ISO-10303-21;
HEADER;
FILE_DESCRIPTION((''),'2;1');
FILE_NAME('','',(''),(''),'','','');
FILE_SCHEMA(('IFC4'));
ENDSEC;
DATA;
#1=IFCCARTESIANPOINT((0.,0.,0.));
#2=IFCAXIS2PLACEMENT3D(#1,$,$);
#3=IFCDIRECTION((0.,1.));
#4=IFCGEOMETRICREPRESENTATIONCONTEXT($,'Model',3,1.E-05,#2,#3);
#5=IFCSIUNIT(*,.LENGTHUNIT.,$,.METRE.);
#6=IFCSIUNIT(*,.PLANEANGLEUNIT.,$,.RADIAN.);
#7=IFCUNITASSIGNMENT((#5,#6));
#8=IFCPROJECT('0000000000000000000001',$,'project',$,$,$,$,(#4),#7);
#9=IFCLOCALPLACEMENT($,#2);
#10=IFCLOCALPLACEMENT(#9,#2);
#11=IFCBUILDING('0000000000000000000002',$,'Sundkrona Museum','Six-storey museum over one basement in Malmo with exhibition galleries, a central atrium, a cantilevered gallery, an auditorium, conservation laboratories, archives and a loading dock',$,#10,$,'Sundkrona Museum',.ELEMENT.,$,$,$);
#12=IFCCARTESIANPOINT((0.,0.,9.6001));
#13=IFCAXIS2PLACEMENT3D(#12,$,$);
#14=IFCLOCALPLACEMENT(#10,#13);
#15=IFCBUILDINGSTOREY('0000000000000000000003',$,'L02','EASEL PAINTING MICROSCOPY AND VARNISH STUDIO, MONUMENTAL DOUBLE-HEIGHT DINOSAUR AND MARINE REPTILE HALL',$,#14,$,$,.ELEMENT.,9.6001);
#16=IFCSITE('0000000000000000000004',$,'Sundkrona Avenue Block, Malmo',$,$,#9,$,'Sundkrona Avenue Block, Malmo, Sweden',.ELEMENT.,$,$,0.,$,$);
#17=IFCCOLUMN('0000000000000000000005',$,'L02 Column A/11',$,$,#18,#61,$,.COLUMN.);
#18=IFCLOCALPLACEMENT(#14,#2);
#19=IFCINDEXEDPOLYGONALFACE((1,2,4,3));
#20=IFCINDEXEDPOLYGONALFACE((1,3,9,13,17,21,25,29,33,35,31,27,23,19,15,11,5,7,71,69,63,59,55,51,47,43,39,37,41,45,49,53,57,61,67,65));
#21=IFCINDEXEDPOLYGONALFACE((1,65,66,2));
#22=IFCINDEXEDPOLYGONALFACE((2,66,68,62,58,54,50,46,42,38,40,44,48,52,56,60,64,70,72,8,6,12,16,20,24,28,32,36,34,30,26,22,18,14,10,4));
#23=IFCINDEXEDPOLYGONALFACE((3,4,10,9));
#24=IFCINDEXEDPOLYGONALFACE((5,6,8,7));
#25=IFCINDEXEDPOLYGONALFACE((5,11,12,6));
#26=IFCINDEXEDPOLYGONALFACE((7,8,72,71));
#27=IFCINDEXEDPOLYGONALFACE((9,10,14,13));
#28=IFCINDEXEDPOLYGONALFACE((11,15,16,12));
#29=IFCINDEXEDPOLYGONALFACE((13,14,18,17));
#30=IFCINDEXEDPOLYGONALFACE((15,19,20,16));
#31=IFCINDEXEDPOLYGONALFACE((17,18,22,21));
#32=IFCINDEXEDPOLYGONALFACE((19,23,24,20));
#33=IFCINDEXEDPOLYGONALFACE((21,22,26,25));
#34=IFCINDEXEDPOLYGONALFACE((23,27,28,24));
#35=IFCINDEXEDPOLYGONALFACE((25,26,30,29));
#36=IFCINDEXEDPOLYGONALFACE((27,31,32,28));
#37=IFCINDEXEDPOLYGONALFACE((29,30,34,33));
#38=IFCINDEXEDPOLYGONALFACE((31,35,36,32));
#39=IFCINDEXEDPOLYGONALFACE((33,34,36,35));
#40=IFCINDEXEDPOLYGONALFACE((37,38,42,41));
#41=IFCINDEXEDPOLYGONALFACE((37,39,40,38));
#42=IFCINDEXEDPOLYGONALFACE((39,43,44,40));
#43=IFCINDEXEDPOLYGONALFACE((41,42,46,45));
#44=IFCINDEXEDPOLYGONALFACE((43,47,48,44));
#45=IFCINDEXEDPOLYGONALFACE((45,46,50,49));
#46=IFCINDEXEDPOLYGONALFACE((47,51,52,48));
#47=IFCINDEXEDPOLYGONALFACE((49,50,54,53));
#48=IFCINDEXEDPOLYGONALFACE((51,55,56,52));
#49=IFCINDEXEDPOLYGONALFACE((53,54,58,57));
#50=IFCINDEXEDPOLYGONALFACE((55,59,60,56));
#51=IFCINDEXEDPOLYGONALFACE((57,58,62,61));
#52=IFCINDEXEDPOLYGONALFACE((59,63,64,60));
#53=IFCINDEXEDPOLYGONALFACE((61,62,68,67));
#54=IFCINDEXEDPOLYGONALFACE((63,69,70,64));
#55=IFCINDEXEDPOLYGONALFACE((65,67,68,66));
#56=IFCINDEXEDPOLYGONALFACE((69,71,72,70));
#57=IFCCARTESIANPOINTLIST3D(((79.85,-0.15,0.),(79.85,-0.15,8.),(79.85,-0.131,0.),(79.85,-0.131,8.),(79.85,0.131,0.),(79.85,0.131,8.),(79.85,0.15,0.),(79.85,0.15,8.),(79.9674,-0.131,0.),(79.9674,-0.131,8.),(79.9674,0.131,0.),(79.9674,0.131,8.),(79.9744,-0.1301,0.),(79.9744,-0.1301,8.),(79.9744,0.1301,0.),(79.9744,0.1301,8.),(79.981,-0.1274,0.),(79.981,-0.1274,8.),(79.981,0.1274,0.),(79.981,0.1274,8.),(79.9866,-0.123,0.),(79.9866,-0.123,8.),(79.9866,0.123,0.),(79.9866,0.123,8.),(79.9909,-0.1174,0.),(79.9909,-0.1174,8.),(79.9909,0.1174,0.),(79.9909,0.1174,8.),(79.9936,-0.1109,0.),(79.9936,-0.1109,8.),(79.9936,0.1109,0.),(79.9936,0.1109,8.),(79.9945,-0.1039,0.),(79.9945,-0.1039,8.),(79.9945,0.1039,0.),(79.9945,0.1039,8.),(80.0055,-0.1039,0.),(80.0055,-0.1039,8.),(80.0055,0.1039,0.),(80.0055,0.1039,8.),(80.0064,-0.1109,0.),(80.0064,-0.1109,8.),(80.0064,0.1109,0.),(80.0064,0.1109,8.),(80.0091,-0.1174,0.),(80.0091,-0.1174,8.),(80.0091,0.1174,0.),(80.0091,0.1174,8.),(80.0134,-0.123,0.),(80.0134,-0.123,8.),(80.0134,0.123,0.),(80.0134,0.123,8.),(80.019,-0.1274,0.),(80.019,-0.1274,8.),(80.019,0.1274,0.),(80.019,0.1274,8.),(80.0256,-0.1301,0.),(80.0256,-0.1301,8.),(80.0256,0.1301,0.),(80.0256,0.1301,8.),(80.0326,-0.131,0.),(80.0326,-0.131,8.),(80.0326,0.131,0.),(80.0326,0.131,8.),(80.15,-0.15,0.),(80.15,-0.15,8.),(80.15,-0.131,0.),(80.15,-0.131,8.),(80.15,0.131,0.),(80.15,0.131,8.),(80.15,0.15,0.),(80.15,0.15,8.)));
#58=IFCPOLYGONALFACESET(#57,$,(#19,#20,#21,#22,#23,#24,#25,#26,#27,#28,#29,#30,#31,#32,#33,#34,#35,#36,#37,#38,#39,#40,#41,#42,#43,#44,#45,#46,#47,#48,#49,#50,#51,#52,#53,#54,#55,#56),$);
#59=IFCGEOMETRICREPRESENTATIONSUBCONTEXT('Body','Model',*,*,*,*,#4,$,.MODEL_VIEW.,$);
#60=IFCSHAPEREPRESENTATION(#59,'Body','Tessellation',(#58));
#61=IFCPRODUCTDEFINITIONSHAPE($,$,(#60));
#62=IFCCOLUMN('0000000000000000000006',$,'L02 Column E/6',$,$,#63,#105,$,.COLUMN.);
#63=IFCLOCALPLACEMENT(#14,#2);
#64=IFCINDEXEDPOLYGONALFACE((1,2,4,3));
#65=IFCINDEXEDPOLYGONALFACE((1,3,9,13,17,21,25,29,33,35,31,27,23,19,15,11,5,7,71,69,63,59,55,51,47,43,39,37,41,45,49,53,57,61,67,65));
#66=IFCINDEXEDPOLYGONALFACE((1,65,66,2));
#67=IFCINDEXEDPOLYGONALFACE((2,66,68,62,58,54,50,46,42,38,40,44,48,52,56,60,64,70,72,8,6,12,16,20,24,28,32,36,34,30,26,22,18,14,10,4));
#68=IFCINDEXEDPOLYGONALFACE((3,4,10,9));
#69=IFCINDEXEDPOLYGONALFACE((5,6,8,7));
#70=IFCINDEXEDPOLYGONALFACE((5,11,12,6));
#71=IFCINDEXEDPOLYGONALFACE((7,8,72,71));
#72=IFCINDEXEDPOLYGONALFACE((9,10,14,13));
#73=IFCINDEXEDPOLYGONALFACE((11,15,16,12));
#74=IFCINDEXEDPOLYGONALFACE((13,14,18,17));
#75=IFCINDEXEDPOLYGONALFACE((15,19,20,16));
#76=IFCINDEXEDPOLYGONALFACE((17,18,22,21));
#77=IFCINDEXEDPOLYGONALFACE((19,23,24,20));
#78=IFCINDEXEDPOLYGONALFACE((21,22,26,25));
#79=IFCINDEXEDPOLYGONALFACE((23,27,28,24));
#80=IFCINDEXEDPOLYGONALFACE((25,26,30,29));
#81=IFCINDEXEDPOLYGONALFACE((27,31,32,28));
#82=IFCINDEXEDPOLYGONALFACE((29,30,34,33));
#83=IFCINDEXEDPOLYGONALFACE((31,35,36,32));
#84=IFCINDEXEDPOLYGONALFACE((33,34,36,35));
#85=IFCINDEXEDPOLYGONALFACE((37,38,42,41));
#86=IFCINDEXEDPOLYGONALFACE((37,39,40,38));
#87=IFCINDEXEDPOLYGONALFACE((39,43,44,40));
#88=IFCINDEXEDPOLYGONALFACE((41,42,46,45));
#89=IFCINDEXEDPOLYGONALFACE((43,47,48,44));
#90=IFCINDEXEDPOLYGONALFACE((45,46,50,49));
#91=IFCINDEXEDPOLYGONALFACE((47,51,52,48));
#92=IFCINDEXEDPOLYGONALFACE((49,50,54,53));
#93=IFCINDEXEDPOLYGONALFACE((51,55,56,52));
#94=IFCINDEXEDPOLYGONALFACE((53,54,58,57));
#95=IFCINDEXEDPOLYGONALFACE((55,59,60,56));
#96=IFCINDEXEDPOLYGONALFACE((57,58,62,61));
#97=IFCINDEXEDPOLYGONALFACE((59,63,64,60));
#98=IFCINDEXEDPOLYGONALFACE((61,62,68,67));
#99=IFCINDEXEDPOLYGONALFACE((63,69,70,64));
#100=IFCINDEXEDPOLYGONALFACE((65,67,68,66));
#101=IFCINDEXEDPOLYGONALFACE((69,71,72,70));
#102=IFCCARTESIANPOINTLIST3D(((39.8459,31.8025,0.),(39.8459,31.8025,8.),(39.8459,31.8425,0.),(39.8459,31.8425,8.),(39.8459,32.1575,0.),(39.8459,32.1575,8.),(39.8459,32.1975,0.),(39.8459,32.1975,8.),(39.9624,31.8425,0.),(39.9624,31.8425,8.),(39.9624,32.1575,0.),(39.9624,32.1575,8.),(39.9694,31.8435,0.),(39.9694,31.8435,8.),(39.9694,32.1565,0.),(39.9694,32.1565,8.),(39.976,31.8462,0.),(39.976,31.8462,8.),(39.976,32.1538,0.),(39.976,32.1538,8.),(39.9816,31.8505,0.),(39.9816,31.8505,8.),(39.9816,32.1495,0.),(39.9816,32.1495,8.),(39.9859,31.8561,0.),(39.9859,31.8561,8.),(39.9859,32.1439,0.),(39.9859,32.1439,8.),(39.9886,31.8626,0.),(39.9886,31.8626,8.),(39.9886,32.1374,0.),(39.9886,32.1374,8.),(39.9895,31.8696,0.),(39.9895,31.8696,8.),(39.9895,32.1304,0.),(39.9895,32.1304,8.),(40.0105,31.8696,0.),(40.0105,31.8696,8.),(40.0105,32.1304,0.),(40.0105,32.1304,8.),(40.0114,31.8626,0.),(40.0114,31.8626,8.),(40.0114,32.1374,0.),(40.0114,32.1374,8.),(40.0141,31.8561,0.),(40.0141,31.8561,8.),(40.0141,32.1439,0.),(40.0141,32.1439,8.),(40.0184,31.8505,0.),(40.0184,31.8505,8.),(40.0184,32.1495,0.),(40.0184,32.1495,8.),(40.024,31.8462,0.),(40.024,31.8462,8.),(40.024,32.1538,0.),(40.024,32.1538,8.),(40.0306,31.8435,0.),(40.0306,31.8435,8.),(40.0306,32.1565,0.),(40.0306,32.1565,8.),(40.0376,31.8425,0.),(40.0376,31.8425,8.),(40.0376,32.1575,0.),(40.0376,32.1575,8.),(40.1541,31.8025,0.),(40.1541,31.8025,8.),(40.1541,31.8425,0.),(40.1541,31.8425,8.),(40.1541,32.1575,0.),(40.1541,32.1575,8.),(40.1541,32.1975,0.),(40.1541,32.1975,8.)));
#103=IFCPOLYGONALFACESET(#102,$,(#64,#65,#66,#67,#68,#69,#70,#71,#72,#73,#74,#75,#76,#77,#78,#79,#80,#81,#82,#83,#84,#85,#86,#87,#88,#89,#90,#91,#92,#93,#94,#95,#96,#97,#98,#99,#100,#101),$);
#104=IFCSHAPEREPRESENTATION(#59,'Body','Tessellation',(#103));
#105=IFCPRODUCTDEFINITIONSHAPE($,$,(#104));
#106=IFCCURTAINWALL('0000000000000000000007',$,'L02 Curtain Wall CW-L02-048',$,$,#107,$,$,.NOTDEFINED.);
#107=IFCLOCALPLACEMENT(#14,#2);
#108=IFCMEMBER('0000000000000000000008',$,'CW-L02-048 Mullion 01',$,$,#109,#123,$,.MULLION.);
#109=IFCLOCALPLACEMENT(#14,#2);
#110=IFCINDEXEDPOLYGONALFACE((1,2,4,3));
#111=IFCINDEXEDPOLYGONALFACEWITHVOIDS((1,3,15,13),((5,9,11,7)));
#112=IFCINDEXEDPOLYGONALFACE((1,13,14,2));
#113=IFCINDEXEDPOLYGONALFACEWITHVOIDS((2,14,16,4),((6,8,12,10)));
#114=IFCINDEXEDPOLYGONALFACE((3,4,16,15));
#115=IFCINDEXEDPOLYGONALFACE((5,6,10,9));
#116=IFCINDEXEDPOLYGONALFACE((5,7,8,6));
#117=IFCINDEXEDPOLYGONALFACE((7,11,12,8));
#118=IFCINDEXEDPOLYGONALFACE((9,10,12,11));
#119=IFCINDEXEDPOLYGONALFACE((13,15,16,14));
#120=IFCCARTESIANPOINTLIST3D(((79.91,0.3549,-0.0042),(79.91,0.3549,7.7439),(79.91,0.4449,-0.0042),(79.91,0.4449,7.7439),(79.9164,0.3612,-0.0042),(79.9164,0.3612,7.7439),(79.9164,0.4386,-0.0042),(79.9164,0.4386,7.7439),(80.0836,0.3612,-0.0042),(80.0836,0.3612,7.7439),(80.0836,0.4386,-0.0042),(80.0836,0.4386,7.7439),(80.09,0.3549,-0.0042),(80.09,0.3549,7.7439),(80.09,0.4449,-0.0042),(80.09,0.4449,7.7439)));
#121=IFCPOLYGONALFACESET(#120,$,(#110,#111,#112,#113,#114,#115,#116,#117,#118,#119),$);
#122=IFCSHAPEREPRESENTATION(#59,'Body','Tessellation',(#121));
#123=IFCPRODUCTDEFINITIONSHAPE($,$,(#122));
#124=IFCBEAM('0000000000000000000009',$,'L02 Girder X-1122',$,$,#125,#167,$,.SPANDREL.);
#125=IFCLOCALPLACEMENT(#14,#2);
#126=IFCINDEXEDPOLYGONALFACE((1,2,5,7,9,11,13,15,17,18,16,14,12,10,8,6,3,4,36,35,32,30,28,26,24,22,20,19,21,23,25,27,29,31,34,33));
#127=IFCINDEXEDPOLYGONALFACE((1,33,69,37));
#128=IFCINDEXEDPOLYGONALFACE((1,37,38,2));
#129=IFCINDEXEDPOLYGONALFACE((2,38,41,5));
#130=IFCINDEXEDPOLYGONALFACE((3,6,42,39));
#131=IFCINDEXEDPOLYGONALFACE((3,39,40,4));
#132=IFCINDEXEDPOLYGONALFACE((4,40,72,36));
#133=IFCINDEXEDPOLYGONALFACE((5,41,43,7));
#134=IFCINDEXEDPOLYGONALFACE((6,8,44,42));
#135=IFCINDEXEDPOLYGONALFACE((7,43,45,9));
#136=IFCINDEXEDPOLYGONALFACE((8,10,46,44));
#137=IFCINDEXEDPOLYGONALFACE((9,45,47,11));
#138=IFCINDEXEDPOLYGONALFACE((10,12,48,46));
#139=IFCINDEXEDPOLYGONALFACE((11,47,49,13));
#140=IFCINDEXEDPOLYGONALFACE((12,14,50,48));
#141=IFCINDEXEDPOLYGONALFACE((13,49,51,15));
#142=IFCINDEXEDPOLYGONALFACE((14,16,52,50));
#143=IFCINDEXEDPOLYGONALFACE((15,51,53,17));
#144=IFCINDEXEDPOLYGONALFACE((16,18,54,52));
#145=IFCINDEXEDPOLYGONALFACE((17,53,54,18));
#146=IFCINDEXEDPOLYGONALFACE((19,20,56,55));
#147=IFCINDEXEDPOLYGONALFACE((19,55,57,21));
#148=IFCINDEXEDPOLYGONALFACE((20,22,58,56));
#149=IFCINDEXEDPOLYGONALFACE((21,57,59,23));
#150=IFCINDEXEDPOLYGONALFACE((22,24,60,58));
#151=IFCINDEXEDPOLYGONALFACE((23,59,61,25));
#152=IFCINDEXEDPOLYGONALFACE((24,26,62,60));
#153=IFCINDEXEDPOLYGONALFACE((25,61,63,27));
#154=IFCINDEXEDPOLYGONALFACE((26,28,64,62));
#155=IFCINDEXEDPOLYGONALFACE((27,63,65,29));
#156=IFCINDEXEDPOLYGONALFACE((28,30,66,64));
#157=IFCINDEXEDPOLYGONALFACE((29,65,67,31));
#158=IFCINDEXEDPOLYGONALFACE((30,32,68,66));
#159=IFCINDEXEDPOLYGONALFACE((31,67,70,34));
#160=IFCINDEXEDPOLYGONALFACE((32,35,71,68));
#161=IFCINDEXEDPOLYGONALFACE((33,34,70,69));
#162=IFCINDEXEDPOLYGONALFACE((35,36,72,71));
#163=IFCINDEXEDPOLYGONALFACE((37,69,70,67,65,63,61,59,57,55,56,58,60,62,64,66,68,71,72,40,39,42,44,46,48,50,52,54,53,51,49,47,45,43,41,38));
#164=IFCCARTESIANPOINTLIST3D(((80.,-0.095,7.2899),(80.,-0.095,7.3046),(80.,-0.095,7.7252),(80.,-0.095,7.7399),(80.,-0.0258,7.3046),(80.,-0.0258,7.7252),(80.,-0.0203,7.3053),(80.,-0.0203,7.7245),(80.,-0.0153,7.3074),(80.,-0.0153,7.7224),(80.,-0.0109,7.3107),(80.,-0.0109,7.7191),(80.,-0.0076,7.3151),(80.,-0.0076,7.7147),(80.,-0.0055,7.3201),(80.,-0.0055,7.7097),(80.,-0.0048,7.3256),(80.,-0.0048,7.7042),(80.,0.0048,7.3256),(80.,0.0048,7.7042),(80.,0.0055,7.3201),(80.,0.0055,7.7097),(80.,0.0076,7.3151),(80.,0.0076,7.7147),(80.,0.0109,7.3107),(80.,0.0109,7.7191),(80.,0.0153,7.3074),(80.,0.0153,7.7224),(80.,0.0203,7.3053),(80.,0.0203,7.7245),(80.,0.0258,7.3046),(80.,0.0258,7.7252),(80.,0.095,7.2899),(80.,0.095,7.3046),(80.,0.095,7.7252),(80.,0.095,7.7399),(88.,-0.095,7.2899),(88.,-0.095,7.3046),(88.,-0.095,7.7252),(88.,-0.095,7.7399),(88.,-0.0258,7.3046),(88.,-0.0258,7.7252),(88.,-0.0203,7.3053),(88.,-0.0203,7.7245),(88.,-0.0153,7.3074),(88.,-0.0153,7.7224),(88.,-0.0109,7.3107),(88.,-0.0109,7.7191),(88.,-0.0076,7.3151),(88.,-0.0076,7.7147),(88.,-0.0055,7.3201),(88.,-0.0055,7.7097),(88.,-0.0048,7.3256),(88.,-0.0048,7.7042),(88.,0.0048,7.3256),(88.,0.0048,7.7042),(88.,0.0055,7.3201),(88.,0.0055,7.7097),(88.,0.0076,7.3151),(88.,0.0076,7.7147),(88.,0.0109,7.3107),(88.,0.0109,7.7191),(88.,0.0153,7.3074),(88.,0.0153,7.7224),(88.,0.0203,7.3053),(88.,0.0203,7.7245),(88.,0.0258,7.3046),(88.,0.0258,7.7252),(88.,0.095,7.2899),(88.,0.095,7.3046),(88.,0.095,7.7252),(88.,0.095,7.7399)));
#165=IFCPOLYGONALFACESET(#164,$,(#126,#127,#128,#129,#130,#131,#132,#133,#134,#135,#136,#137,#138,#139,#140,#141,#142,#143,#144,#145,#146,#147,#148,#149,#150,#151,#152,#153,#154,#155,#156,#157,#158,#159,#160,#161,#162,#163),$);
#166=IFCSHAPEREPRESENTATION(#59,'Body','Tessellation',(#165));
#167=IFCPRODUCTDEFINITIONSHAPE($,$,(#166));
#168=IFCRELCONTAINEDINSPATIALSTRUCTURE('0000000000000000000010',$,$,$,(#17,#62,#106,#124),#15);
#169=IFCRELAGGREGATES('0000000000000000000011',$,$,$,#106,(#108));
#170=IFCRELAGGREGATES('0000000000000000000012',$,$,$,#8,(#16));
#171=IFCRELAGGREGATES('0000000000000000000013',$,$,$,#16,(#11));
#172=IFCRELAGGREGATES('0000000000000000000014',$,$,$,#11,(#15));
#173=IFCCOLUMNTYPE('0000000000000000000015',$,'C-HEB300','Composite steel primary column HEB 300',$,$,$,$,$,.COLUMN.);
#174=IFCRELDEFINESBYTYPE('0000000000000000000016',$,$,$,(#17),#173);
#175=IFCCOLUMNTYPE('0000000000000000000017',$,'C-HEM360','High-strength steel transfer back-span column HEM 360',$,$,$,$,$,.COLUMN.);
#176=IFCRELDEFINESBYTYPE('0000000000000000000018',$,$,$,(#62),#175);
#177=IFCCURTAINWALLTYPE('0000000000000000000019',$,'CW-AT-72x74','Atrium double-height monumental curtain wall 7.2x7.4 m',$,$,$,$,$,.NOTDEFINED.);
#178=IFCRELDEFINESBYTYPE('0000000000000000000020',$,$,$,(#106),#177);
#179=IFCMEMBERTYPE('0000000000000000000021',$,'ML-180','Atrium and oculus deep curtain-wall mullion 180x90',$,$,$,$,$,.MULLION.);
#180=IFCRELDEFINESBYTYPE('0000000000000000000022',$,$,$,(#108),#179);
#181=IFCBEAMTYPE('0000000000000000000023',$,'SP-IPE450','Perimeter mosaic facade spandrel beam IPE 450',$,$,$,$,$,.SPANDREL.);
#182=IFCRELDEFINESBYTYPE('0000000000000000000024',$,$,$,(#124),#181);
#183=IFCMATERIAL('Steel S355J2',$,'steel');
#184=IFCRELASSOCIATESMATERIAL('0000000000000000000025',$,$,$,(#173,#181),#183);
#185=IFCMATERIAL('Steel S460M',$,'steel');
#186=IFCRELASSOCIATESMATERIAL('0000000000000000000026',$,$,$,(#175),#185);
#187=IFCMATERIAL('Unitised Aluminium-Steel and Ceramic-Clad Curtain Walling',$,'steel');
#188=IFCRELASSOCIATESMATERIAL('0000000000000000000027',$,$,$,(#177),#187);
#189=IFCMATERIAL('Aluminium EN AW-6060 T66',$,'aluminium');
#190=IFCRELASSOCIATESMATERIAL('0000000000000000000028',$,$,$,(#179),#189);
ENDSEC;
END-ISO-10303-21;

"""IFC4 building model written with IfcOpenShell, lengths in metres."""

from ifc_helpers import new_model, si_unit, direction, frame, origin, origin_2d, place, context, subcontext, project, spatial, hollow_rectangle, i_section, extrude, material, material_profile, profile_set, type_object, element, aggregate, save


model = new_model("IFC4")

# Units and contexts
model_context = context("Model", 3, precision=1e-05, world=origin(), true_north=direction((0.0, 1.0)))
body_context = subcontext(model_context, "Body", "Model", "MODEL_VIEW")
ifc_project = project(units=[si_unit("LENGTHUNIT", "METRE"), si_unit("PLANEANGLEUNIT", "RADIAN")], contexts=[model_context])

# Site, building, storey
site_placement = place(None, origin())
site = spatial("IfcSite", under=ifc_project, at=site_placement, Name="Sundkrona Avenue Block, Malmo", LongName="Sundkrona Avenue Block, Malmo, Sweden", CompositionType="ELEMENT", RefElevation=0.0)
building_placement = place(site_placement, origin())
building = spatial("IfcBuilding", under=site, at=building_placement, Name="Sundkrona Museum", Description="Six-storey museum over one basement in Malmo with exhibition galleries, a central atrium, a cantilevered gallery, an auditorium, conservation laboratories, archives and a loading dock", LongName="Sundkrona Museum", CompositionType="ELEMENT")
storey_placement = place(building_placement, frame((0.0, 0.0, 9.6001)))
storey = spatial("IfcBuildingStorey", under=building, at=storey_placement, Name="L02", Description="EASEL PAINTING MICROSCOPY AND VARNISH STUDIO, MONUMENTAL DOUBLE-HEIGHT DINOSAUR AND MARINE REPTILE HALL", CompositionType="ELEMENT", Elevation=9.6001)

# Columns
ifc_material_1 = material(Name="Steel S355J2", Category="steel")
ifc_material_profile_1 = material_profile(ifc_material_1, i_section(OverallWidth=0.3, OverallDepth=0.3, WebThickness=0.011, FlangeThickness=0.019, FilletRadius=0.0271, at=origin_2d()), Name="HEB 300")
ifc_profile_set_1 = profile_set([ifc_material_profile_1], Name="Steel S355J2")
column_type_1 = type_object("IfcColumnType", Name="C-HEB300", Description="Composite steel primary column HEB 300", PredefinedType="COLUMN", material=ifc_profile_set_1)
column_1_placement = place(storey_placement, frame((80.0, 0.0, 0.0), z_axis=(0.0, 0.0, 1.0), x_axis=(1.0, 0.0, 0.0)))
element("IfcColumn", 1, at=column_1_placement, inside=storey, type_object=column_type_1, Name="L02 Column A/11", PredefinedType="COLUMN", context=body_context, shape_type="SweptSolid", body=[
    extrude(i_section(OverallWidth=0.3, OverallDepth=0.3, WebThickness=0.011, FlangeThickness=0.019, FilletRadius=0.0271, at=origin_2d()), origin(), (0.0, 0.0, 1.0), 8.0),
])
ifc_material_2 = material(Name="Steel S460M", Category="steel")
ifc_material_profile_2 = material_profile(ifc_material_2, i_section(OverallWidth=0.3081, OverallDepth=0.395, WebThickness=0.021, FlangeThickness=0.04, FilletRadius=0.0271, at=origin_2d()), Name="HEM 360")
ifc_profile_set_2 = profile_set([ifc_material_profile_2], Name="Steel S460M")
column_type_2 = type_object("IfcColumnType", Name="C-HEM360", Description="High-strength steel transfer back-span column HEM 360", PredefinedType="COLUMN", material=ifc_profile_set_2)
column_2_placement = place(storey_placement, frame((40.0, 32.0, 0.0), z_axis=(0.0, 0.0, 1.0), x_axis=(1.0, 0.0, 0.0)))
element("IfcColumn", 2, at=column_2_placement, inside=storey, type_object=column_type_2, Name="L02 Column E/6", PredefinedType="COLUMN", context=body_context, shape_type="SweptSolid", body=[
    extrude(i_section(OverallWidth=0.3081, OverallDepth=0.395, WebThickness=0.021, FlangeThickness=0.04, FilletRadius=0.0271, at=origin_2d()), origin(), (0.0, 0.0, 1.0), 8.0),
])

# Curtain wall, member
ifc_material_3 = material(Name="Unitised Aluminium-Steel and Ceramic-Clad Curtain Walling", Category="steel")
curtain_wall_type = type_object("IfcCurtainWallType", Name="CW-AT-72x74", Description="Atrium double-height monumental curtain wall 7.2x7.4 m", PredefinedType="NOTDEFINED", material=ifc_material_3)
curtain_wall_placement = place(storey_placement, origin())
curtain_wall = element("IfcCurtainWall", 3, at=curtain_wall_placement, inside=storey, type_object=curtain_wall_type, Name="L02 Curtain Wall CW-L02-048", PredefinedType="NOTDEFINED")
ifc_material_4 = material(Name="Aluminium EN AW-6060 T66", Category="aluminium")
ifc_material_profile_3 = material_profile(ifc_material_4, hollow_rectangle(XDim=0.0901, YDim=0.1799, WallThickness=0.0063, at=origin_2d()), Name="RHS 180x90x6.3")
ifc_profile_set_3 = profile_set([ifc_material_profile_3], Name="Aluminium EN AW-6060 T66")
member_type_1 = type_object("IfcMemberType", Name="ML-180", Description="Atrium and oculus deep curtain-wall mullion 180x90", PredefinedType="MULLION", material=ifc_profile_set_3)
member_1_placement = place(storey_placement, frame((80.0, 0.3999, -0.0042), z_axis=(0.0, 0.0, 1.0), x_axis=(0.0, 1.0, 0.0)))
member_1 = element("IfcMember", 4, at=member_1_placement, type_object=member_type_1, Name="CW-L02-048 Mullion 01", PredefinedType="MULLION", context=body_context, shape_type="SweptSolid", body=[
    extrude(hollow_rectangle(XDim=0.0901, YDim=0.1799, WallThickness=0.0063, at=origin_2d()), origin(), (0.0, 0.0, 1.0), 7.748),
])

# Beam
ifc_material_profile_4 = material_profile(ifc_material_1, i_section(OverallWidth=0.1899, OverallDepth=0.45, WebThickness=0.0095, FlangeThickness=0.0146, FilletRadius=0.021, at=origin_2d()), Name="IPE 450")
ifc_profile_set_4 = profile_set([ifc_material_profile_4], Name="Steel S355J2")
beam_type = type_object("IfcBeamType", Name="SP-IPE450", Description="Perimeter mosaic facade spandrel beam IPE 450", PredefinedType="SPANDREL", material=ifc_profile_set_4)
for number, where, z_axis, x_axis, name in (
    (5, (80.0, 0.0, 7.5149), (1.0, 0.0, 0.0), (0.0, 1.0, 0.0), "L02 Girder X-1122"),
):
    element("IfcBeam", number, at=place(storey_placement, frame(where, z_axis=z_axis, x_axis=x_axis)), inside=storey, type_object=beam_type, Name=name, PredefinedType="SPANDREL", context=body_context, shape_type="SweptSolid", body=[
        extrude(i_section(OverallWidth=0.1899, OverallDepth=0.45, WebThickness=0.0095, FlangeThickness=0.0146, FilletRadius=0.021, at=origin_2d()), origin(), (0.0, 0.0, 1.0), 8.0),
    ])

aggregate(curtain_wall, [member_1])

save(model, "model.ifc")
